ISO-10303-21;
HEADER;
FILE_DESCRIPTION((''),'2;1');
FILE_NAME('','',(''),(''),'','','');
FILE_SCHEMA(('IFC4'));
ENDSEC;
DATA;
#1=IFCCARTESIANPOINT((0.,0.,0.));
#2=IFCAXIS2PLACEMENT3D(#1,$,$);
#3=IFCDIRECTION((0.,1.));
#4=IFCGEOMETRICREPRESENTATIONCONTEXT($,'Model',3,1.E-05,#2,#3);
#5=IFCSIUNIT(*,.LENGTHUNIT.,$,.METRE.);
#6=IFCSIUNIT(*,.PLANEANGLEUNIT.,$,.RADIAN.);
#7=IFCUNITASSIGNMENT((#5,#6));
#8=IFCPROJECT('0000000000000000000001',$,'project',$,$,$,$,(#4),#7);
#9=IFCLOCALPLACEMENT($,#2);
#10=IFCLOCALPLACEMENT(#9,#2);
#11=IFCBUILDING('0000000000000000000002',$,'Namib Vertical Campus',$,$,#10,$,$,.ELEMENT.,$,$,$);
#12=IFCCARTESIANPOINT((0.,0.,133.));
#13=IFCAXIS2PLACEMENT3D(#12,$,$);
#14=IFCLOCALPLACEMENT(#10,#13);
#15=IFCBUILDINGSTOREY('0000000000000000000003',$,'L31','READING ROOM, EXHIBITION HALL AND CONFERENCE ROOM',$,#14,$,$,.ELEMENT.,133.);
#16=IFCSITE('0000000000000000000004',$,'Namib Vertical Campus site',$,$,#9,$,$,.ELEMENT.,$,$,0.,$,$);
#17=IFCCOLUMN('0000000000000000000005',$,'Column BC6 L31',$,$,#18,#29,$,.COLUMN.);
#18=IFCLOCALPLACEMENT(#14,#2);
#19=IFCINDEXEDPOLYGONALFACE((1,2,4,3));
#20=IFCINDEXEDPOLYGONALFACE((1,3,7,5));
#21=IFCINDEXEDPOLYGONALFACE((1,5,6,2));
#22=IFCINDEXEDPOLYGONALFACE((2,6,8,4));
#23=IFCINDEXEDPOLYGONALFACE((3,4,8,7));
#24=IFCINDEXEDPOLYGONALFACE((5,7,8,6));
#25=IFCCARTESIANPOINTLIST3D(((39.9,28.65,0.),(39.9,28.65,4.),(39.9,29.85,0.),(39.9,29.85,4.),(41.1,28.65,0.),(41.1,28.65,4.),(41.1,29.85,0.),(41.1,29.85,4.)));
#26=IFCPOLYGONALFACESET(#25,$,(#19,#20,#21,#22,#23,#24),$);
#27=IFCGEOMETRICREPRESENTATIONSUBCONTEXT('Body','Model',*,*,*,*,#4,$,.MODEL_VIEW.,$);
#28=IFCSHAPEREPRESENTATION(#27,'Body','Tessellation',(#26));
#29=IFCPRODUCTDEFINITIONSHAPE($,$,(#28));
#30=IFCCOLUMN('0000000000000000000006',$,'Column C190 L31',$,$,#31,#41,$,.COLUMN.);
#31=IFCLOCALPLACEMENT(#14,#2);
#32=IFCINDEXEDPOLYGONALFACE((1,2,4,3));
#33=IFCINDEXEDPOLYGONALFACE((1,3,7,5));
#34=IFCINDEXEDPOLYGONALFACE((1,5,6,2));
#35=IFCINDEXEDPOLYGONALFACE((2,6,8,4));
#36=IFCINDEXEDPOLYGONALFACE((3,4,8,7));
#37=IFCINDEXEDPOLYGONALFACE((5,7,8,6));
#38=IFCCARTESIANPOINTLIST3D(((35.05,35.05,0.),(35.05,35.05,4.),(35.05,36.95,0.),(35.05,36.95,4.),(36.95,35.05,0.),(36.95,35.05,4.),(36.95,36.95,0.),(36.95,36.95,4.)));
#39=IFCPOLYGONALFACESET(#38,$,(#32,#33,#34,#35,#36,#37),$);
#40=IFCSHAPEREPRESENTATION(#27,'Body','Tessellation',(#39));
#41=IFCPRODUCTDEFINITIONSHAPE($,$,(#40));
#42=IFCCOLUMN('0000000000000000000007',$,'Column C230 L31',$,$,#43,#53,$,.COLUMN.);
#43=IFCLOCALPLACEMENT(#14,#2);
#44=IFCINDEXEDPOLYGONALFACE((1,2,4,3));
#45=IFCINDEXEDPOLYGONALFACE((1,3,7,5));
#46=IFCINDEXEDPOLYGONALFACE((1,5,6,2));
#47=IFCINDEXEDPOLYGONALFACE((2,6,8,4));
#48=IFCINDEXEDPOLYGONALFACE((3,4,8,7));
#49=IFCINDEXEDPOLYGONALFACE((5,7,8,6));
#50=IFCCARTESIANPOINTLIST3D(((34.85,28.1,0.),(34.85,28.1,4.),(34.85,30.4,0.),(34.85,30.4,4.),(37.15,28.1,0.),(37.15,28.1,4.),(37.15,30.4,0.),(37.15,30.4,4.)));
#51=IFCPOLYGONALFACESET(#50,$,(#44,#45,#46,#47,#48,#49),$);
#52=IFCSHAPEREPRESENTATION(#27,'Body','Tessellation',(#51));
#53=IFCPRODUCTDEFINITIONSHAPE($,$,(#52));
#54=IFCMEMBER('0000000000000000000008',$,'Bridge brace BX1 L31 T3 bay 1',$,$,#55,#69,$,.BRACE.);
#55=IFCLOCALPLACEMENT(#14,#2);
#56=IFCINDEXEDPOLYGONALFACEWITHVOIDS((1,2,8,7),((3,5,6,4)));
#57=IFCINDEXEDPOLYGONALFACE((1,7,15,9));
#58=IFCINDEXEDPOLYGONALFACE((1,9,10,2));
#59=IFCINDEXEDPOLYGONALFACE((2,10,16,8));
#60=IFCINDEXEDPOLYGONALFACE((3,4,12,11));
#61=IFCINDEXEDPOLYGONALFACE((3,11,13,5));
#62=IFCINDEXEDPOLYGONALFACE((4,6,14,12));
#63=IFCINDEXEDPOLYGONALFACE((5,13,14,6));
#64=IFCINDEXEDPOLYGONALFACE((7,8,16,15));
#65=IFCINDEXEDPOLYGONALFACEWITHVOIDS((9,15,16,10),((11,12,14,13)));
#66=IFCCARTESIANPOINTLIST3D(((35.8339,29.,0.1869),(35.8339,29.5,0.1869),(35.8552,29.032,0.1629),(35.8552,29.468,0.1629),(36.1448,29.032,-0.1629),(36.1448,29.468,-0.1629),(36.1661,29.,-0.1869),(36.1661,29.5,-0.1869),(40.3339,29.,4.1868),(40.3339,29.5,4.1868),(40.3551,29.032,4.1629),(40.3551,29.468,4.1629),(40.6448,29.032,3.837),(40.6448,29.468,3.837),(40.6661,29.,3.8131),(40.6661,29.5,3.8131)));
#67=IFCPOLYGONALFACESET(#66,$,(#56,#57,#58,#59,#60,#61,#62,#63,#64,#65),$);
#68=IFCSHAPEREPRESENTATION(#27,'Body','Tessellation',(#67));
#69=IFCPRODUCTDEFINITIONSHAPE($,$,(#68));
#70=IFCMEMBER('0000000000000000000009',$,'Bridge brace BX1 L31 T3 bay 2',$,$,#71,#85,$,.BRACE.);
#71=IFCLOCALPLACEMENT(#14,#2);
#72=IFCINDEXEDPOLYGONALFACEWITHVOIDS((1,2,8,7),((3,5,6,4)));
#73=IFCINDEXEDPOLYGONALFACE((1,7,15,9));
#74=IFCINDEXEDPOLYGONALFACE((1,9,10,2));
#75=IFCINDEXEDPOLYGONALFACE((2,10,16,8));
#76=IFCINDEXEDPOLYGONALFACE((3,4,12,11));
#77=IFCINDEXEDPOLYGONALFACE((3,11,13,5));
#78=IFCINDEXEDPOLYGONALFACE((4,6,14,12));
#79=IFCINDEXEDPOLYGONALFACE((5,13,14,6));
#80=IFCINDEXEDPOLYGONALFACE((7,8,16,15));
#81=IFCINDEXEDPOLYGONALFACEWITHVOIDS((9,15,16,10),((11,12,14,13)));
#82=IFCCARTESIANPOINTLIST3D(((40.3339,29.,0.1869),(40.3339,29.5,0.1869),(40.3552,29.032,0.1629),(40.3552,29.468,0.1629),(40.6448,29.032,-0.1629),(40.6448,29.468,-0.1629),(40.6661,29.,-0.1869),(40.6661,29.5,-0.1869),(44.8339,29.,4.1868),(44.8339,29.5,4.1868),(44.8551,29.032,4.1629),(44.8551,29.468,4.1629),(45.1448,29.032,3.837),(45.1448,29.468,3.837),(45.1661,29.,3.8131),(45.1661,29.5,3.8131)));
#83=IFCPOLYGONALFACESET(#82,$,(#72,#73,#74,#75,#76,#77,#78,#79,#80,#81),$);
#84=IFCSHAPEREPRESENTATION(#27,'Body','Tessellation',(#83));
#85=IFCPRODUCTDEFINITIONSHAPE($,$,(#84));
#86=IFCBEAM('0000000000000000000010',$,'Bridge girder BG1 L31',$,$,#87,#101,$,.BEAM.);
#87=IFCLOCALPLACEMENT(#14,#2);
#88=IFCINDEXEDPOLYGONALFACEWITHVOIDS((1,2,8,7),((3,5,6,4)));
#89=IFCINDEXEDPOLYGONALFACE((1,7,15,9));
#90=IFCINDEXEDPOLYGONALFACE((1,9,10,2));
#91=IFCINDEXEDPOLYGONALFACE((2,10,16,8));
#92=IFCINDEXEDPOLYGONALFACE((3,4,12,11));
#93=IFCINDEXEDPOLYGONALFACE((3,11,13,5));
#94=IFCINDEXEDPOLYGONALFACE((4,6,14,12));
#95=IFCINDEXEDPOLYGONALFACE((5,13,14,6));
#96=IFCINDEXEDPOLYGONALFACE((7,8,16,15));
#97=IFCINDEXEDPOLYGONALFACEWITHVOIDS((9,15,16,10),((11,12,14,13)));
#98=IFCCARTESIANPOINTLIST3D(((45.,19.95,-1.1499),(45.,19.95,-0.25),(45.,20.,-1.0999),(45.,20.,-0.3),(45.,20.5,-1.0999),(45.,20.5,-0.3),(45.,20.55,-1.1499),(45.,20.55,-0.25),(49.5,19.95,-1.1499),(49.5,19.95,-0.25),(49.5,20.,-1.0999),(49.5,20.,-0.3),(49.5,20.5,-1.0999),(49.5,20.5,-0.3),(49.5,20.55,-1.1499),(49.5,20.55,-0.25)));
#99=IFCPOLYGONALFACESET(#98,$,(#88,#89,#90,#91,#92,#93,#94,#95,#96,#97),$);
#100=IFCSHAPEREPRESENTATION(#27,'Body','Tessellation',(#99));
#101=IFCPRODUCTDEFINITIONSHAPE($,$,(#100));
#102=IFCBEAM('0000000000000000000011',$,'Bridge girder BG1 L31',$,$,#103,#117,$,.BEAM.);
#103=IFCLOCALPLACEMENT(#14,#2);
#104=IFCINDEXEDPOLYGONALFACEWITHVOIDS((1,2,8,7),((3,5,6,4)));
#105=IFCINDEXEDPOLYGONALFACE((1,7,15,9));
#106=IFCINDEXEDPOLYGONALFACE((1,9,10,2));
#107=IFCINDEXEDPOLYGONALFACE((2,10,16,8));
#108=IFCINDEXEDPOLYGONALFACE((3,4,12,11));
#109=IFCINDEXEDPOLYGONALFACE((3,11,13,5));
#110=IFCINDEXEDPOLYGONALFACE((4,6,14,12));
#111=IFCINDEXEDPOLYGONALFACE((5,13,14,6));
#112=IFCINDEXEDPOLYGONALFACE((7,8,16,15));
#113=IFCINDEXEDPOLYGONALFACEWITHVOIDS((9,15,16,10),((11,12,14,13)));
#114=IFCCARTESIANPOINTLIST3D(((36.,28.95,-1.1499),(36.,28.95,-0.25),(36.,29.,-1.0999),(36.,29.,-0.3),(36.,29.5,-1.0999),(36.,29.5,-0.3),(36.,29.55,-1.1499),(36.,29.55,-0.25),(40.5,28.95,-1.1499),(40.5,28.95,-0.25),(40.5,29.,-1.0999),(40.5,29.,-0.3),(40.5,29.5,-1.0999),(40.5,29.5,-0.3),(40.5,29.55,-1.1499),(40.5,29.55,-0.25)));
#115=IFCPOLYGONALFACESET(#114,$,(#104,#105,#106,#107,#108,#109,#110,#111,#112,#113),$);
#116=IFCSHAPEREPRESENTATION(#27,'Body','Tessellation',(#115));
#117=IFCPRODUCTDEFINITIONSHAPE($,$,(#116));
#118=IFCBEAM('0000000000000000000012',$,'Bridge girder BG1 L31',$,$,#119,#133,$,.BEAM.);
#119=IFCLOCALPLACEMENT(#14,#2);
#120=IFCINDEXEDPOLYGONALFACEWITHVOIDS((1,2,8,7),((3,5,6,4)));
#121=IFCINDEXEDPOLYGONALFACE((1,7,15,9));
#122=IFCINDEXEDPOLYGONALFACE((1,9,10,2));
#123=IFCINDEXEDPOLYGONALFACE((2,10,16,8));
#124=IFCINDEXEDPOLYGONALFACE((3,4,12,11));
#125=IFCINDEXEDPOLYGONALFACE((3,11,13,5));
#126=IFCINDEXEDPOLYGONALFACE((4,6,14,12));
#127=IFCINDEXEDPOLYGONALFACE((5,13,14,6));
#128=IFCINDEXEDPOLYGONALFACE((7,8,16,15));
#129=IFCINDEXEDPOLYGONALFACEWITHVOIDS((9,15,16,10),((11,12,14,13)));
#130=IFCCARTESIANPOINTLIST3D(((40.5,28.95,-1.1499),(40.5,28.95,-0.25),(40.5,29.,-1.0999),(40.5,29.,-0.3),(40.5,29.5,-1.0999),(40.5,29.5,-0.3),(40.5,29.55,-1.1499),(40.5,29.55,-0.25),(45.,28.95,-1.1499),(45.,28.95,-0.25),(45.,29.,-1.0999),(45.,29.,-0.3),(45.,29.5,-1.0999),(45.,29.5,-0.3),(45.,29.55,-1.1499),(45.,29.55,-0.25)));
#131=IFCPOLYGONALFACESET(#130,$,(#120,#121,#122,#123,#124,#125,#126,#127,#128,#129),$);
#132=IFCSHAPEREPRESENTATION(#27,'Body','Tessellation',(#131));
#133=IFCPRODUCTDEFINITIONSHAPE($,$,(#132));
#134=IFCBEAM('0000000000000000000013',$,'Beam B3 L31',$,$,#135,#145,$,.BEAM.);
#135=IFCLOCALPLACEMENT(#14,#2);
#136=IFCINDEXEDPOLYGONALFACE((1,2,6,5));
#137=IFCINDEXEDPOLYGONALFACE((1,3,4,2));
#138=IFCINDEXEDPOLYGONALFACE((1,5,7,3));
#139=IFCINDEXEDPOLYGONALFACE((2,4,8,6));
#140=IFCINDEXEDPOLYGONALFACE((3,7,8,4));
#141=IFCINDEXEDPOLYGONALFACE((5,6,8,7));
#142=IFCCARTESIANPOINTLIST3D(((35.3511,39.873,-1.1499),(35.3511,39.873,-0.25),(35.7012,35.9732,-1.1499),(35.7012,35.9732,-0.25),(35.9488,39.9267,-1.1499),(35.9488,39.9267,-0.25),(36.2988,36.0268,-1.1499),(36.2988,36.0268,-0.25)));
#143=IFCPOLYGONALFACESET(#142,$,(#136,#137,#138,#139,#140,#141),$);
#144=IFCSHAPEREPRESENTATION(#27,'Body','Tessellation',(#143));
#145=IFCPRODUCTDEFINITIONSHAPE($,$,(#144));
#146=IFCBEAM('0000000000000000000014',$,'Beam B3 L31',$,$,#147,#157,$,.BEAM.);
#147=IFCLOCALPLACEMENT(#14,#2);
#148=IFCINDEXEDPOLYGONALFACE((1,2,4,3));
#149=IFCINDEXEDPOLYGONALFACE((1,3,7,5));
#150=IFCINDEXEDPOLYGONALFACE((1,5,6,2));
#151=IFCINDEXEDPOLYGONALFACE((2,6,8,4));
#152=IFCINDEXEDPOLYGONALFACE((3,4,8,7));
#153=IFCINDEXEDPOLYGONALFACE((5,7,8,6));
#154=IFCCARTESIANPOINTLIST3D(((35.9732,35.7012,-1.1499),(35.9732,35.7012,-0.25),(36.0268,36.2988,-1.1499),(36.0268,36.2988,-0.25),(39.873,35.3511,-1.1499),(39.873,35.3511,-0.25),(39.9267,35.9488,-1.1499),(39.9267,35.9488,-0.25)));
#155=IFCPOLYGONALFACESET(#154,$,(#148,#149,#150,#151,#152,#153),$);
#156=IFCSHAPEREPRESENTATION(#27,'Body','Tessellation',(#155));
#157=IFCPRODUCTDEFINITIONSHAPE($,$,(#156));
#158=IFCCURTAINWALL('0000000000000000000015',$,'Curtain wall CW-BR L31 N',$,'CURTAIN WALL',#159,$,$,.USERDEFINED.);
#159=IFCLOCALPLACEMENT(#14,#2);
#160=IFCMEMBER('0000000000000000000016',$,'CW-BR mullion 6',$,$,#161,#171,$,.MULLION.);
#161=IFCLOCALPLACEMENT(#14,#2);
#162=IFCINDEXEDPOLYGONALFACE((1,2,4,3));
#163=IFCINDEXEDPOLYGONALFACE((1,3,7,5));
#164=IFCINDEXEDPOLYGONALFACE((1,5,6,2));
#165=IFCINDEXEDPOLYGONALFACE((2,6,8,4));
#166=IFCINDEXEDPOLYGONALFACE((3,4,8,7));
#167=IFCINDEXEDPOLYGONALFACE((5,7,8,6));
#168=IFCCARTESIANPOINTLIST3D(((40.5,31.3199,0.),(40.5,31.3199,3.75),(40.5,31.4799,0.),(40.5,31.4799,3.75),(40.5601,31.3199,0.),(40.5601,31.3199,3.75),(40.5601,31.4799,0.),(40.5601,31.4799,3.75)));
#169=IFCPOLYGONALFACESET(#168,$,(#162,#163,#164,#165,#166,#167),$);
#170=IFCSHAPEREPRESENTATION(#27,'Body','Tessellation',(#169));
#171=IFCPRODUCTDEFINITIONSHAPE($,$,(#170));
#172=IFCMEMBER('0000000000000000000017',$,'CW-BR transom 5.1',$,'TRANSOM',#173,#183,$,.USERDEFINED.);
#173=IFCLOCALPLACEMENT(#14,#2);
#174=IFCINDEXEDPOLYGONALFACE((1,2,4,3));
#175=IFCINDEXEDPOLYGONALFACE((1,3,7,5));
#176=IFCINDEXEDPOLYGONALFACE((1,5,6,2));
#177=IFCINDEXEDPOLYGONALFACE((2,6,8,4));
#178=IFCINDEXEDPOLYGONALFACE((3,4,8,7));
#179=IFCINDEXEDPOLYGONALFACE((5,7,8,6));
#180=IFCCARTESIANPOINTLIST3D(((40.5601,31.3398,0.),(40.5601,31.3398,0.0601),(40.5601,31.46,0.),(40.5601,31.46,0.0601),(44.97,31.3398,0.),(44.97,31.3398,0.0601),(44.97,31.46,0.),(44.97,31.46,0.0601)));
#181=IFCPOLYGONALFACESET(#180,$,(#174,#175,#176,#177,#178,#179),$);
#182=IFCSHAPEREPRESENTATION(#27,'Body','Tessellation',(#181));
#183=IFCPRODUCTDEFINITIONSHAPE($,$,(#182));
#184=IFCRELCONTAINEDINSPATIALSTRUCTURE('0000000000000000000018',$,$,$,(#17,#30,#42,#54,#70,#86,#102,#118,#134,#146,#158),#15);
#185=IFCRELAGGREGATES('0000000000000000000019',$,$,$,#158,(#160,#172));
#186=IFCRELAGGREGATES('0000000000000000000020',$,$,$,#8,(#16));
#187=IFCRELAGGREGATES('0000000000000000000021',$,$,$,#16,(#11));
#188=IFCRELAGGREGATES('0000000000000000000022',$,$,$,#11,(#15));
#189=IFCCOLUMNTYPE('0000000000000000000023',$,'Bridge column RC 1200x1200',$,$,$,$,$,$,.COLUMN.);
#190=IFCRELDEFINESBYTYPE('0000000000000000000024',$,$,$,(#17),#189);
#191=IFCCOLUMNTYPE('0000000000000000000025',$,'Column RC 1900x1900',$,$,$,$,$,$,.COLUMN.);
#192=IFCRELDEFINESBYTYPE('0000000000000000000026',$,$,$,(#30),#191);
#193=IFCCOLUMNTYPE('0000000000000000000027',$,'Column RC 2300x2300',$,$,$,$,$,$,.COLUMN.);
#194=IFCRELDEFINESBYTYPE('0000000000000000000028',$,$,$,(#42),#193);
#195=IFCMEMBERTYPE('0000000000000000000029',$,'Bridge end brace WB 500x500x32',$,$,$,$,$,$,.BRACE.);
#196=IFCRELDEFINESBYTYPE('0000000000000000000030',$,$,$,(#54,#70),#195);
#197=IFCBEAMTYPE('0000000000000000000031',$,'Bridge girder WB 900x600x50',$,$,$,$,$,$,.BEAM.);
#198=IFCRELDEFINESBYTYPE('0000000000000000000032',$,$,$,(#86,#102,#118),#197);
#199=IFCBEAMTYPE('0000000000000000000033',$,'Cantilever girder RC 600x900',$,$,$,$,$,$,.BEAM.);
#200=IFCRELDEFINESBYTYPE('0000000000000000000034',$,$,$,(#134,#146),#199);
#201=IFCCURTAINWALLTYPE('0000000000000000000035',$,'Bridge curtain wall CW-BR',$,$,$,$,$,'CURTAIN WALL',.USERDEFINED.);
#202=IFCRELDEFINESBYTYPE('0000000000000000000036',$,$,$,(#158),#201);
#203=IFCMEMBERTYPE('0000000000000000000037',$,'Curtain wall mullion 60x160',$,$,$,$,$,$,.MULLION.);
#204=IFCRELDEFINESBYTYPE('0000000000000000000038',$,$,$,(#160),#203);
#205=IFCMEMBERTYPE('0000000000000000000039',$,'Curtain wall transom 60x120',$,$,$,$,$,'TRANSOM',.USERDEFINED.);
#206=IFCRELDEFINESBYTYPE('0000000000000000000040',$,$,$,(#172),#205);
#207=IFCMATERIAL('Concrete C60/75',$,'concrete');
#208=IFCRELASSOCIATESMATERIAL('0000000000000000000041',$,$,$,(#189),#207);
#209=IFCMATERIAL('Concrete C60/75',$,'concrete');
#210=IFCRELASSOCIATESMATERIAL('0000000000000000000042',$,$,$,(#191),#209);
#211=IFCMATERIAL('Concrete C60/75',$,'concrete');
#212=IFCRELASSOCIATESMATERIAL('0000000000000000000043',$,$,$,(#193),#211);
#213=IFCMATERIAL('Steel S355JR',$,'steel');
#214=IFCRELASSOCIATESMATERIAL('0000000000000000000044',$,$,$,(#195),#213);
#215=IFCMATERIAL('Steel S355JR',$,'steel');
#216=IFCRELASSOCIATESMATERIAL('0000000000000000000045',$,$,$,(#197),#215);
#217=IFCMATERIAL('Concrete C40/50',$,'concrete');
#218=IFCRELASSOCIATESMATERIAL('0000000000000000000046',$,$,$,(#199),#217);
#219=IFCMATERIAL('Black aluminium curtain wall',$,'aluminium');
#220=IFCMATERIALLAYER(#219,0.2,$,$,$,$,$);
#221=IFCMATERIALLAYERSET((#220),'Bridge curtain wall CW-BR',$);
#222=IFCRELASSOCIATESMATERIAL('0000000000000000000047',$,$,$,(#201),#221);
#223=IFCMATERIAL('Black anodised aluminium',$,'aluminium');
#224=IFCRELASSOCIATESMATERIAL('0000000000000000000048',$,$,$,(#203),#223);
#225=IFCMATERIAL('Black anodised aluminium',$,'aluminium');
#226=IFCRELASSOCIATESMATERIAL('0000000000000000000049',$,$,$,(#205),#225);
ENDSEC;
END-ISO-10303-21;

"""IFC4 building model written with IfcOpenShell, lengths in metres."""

from ifc_helpers import new_model, si_unit, direction, frame, origin, origin_2d, place, context, subcontext, project, spatial, rectangle, hollow_rectangle, extrude, material, layer, layer_set, material_profile, profile_set, type_object, element, aggregate, save


model = new_model("IFC4")

# Units and contexts
model_context = context("Model", 3, precision=1e-05, world=origin(), true_north=direction((0.0, 1.0)))
body_context = subcontext(model_context, "Body", "Model", "MODEL_VIEW")
ifc_project = project(units=[si_unit("LENGTHUNIT", "METRE"), si_unit("PLANEANGLEUNIT", "RADIAN")], contexts=[model_context])

# Site, building, storey
site_placement = place(None, origin())
site = spatial("IfcSite", under=ifc_project, at=site_placement, Name="Namib Vertical Campus site", CompositionType="ELEMENT", RefElevation=0.0)
building_placement = place(site_placement, origin())
building = spatial("IfcBuilding", under=site, at=building_placement, Name="Namib Vertical Campus", CompositionType="ELEMENT")
storey_placement = place(building_placement, frame((0.0, 0.0, 133.0)))
storey = spatial("IfcBuildingStorey", under=building, at=storey_placement, Name="L31", Description="READING ROOM, EXHIBITION HALL AND CONFERENCE ROOM", CompositionType="ELEMENT", Elevation=133.0)

# Columns
ifc_material_1 = material(Name="Concrete C60/75", Category="concrete")
ifc_material_profile_1 = material_profile(ifc_material_1, rectangle(XDim=1.2, YDim=1.2, at=origin_2d()))
ifc_profile_set_1 = profile_set([ifc_material_profile_1], Name="Concrete C60/75")
column_type_1 = type_object("IfcColumnType", Name="Bridge column RC 1200x1200", PredefinedType="COLUMN", material=ifc_profile_set_1)
column_1_placement = place(storey_placement, frame((40.5, 29.25, 0.0), z_axis=(0.0, 0.0, 1.0), x_axis=(1.0, 0.0, 0.0)))
element("IfcColumn", 1, at=column_1_placement, inside=storey, type_object=column_type_1, Name="Column BC6 L31", PredefinedType="COLUMN", context=body_context, shape_type="SweptSolid", body=[
    extrude(rectangle(XDim=1.2, YDim=1.2, at=origin_2d()), origin(), (0.0, 0.0, 1.0), 4.0),
])
ifc_material_2 = material(Name="Concrete C60/75", Category="concrete")
ifc_material_profile_2 = material_profile(ifc_material_2, rectangle(XDim=1.8999, YDim=1.8999, at=origin_2d()))
ifc_profile_set_2 = profile_set([ifc_material_profile_2], Name="Concrete C60/75")
column_type_2 = type_object("IfcColumnType", Name="Column RC 1900x1900", PredefinedType="COLUMN", material=ifc_profile_set_2)
column_2_placement = place(storey_placement, frame((36.0, 36.0, 0.0), z_axis=(0.0, 0.0, 1.0), x_axis=(1.0, 0.0, 0.0)))
element("IfcColumn", 2, at=column_2_placement, inside=storey, type_object=column_type_2, Name="Column C190 L31", PredefinedType="COLUMN", context=body_context, shape_type="SweptSolid", body=[
    extrude(rectangle(XDim=1.8999, YDim=1.8999, at=origin_2d()), origin(), (0.0, 0.0, 1.0), 4.0),
])
ifc_material_3 = material(Name="Concrete C60/75", Category="concrete")
ifc_material_profile_3 = material_profile(ifc_material_3, rectangle(XDim=2.3, YDim=2.3, at=origin_2d()))
ifc_profile_set_3 = profile_set([ifc_material_profile_3], Name="Concrete C60/75")
column_type_3 = type_object("IfcColumnType", Name="Column RC 2300x2300", PredefinedType="COLUMN", material=ifc_profile_set_3)
column_3_placement = place(storey_placement, frame((36.0, 29.25, 0.0), z_axis=(0.0, 0.0, 1.0), x_axis=(1.0, 0.0, 0.0)))
element("IfcColumn", 3, at=column_3_placement, inside=storey, type_object=column_type_3, Name="Column C230 L31", PredefinedType="COLUMN", context=body_context, shape_type="SweptSolid", body=[
    extrude(rectangle(XDim=2.3, YDim=2.3, at=origin_2d()), origin(), (0.0, 0.0, 1.0), 4.0),
])

# Members
ifc_material_4 = material(Name="Steel S355JR", Category="steel")
ifc_material_profile_4 = material_profile(ifc_material_4, hollow_rectangle(XDim=0.5, YDim=0.5, WallThickness=0.032, at=origin_2d()))
ifc_profile_set_4 = profile_set([ifc_material_profile_4], Name="Steel S355JR")
member_type_1 = type_object("IfcMemberType", Name="Bridge end brace WB 500x500x32", PredefinedType="BRACE", material=ifc_profile_set_4)
for number, where, z_axis, x_axis, name in (
    (4, (36.0, 29.25, 0.0), (0.747409, 0.0, 0.664364), (0.0, 1.0, 0.0), "Bridge brace BX1 L31 T3 bay 1"),
    (5, (40.5, 29.25, 0.0), (0.747409, 0.0, 0.664364), (0.0, 1.0, 0.0), "Bridge brace BX1 L31 T3 bay 2"),
):
    element("IfcMember", number, at=place(storey_placement, frame(where, z_axis=z_axis, x_axis=x_axis)), inside=storey, type_object=member_type_1, Name=name, PredefinedType="BRACE", context=body_context, shape_type="SweptSolid", body=[
        extrude(hollow_rectangle(XDim=0.5, YDim=0.5, WallThickness=0.032, at=origin_2d()), origin(), (0.0, 0.0, 1.0), 6.0208),
    ])

# Beams
ifc_material_5 = material(Name="Steel S355JR", Category="steel")
ifc_material_profile_5 = material_profile(ifc_material_5, hollow_rectangle(XDim=0.6001, YDim=0.8999, WallThickness=0.05, at=origin_2d()))
ifc_profile_set_5 = profile_set([ifc_material_profile_5], Name="Steel S355JR")
beam_type_1 = type_object("IfcBeamType", Name="Bridge girder WB 900x600x50", PredefinedType="BEAM", material=ifc_profile_set_5)
for number, where, z_axis, x_axis, name in (
    (6, (45.0, 20.25, -0.7), (1.0, 0.0, 0.0), (0.0, 1.0, 0.0), "Bridge girder BG1 L31"),
    (7, (36.0, 29.25, -0.7), (1.0, 0.0, 0.0), (0.0, 1.0, 0.0), "Bridge girder BG1 L31"),
    (8, (40.5, 29.25, -0.7), (1.0, 0.0, 0.0), (0.0, 1.0, 0.0), "Bridge girder BG1 L31"),
):
    element("IfcBeam", number, at=place(storey_placement, frame(where, z_axis=z_axis, x_axis=x_axis)), inside=storey, type_object=beam_type_1, Name=name, PredefinedType="BEAM", context=body_context, shape_type="SweptSolid", body=[
        extrude(hollow_rectangle(XDim=0.6001, YDim=0.8999, WallThickness=0.05, at=origin_2d()), origin(), (0.0, 0.0, 1.0), 4.5),
    ])
ifc_material_6 = material(Name="Concrete C40/50", Category="concrete")
ifc_material_profile_6 = material_profile(ifc_material_6, rectangle(XDim=0.6001, YDim=0.8999, at=origin_2d()))
ifc_profile_set_6 = profile_set([ifc_material_profile_6], Name="Concrete C40/50")
beam_type_2 = type_object("IfcBeamType", Name="Cantilever girder RC 600x900", PredefinedType="BEAM", material=ifc_profile_set_6)
for number, where, z_axis, x_axis, name in (
    (9, (36.0, 36.0, -0.7), (-0.089411, 0.995995, 0.0), (-0.995995, -0.089411, 0.0), "Beam B3 L31"),
    (10, (36.0, 36.0, -0.7), (0.995995, -0.089411, 0.0), (0.089411, 0.995995, 0.0), "Beam B3 L31"),
):
    element("IfcBeam", number, at=place(storey_placement, frame(where, z_axis=z_axis, x_axis=x_axis)), inside=storey, type_object=beam_type_2, Name=name, PredefinedType="BEAM", context=body_context, shape_type="SweptSolid", body=[
        extrude(rectangle(XDim=0.6001, YDim=0.8999, at=origin_2d()), origin(), (0.0, 0.0, 1.0), 3.9155),
    ])

# Curtain wall, members
ifc_material_7 = material(Name="Black aluminium curtain wall", Category="aluminium")
ifc_layer_1 = layer(ifc_material_7, 0.2)
ifc_layer_set_1 = layer_set([ifc_layer_1], Name="Bridge curtain wall CW-BR")
curtain_wall_type = type_object("IfcCurtainWallType", Name="Bridge curtain wall CW-BR", ElementType="CURTAIN WALL", PredefinedType="USERDEFINED", material=ifc_layer_set_1)
curtain_wall_placement = place(storey_placement, origin())
curtain_wall = element("IfcCurtainWall", 11, at=curtain_wall_placement, inside=storey, type_object=curtain_wall_type, Name="Curtain wall CW-BR L31 N", ObjectType="CURTAIN WALL", PredefinedType="USERDEFINED")
ifc_material_8 = material(Name="Black anodised aluminium", Category="aluminium")
ifc_material_profile_7 = material_profile(ifc_material_8, rectangle(XDim=0.0601, YDim=0.1599, at=origin_2d()))
ifc_profile_set_7 = profile_set([ifc_material_profile_7], Name="Black anodised aluminium")
member_type_2 = type_object("IfcMemberType", Name="Curtain wall mullion 60x160", PredefinedType="MULLION", material=ifc_profile_set_7)
member_1_placement = place(storey_placement, frame((40.53, 31.3999, 0.0), z_axis=(0.0, 0.0, 1.0), x_axis=(-1.0, 0.0, 0.0)))
member_1 = element("IfcMember", 12, at=member_1_placement, type_object=member_type_2, Name="CW-BR mullion 6", PredefinedType="MULLION", context=body_context, shape_type="SweptSolid", body=[
    extrude(rectangle(XDim=0.0601, YDim=0.1599, at=origin_2d()), origin(), (0.0, 0.0, 1.0), 3.75),
])
ifc_material_9 = material(Name="Black anodised aluminium", Category="aluminium")
ifc_material_profile_8 = material_profile(ifc_material_9, rectangle(XDim=0.0601, YDim=0.1201, at=origin_2d()))
ifc_profile_set_8 = profile_set([ifc_material_profile_8], Name="Black anodised aluminium")
member_type_3 = type_object("IfcMemberType", Name="Curtain wall transom 60x120", ElementType="TRANSOM", PredefinedType="USERDEFINED", material=ifc_profile_set_8)
member_2_placement = place(storey_placement, frame((44.97, 31.3999, 0.03), z_axis=(-1.0, 0.0, 0.0), x_axis=(0.0, 0.0, 1.0)))
member_2 = element("IfcMember", 13, at=member_2_placement, type_object=member_type_3, Name="CW-BR transom 5.1", ObjectType="TRANSOM", PredefinedType="USERDEFINED", context=body_context, shape_type="SweptSolid", body=[
    extrude(rectangle(XDim=0.0601, YDim=0.1201, at=origin_2d()), origin(), (0.0, 0.0, 1.0), 4.4099),
])

aggregate(curtain_wall, [member_1, member_2])

save(model, "model.ifc")
